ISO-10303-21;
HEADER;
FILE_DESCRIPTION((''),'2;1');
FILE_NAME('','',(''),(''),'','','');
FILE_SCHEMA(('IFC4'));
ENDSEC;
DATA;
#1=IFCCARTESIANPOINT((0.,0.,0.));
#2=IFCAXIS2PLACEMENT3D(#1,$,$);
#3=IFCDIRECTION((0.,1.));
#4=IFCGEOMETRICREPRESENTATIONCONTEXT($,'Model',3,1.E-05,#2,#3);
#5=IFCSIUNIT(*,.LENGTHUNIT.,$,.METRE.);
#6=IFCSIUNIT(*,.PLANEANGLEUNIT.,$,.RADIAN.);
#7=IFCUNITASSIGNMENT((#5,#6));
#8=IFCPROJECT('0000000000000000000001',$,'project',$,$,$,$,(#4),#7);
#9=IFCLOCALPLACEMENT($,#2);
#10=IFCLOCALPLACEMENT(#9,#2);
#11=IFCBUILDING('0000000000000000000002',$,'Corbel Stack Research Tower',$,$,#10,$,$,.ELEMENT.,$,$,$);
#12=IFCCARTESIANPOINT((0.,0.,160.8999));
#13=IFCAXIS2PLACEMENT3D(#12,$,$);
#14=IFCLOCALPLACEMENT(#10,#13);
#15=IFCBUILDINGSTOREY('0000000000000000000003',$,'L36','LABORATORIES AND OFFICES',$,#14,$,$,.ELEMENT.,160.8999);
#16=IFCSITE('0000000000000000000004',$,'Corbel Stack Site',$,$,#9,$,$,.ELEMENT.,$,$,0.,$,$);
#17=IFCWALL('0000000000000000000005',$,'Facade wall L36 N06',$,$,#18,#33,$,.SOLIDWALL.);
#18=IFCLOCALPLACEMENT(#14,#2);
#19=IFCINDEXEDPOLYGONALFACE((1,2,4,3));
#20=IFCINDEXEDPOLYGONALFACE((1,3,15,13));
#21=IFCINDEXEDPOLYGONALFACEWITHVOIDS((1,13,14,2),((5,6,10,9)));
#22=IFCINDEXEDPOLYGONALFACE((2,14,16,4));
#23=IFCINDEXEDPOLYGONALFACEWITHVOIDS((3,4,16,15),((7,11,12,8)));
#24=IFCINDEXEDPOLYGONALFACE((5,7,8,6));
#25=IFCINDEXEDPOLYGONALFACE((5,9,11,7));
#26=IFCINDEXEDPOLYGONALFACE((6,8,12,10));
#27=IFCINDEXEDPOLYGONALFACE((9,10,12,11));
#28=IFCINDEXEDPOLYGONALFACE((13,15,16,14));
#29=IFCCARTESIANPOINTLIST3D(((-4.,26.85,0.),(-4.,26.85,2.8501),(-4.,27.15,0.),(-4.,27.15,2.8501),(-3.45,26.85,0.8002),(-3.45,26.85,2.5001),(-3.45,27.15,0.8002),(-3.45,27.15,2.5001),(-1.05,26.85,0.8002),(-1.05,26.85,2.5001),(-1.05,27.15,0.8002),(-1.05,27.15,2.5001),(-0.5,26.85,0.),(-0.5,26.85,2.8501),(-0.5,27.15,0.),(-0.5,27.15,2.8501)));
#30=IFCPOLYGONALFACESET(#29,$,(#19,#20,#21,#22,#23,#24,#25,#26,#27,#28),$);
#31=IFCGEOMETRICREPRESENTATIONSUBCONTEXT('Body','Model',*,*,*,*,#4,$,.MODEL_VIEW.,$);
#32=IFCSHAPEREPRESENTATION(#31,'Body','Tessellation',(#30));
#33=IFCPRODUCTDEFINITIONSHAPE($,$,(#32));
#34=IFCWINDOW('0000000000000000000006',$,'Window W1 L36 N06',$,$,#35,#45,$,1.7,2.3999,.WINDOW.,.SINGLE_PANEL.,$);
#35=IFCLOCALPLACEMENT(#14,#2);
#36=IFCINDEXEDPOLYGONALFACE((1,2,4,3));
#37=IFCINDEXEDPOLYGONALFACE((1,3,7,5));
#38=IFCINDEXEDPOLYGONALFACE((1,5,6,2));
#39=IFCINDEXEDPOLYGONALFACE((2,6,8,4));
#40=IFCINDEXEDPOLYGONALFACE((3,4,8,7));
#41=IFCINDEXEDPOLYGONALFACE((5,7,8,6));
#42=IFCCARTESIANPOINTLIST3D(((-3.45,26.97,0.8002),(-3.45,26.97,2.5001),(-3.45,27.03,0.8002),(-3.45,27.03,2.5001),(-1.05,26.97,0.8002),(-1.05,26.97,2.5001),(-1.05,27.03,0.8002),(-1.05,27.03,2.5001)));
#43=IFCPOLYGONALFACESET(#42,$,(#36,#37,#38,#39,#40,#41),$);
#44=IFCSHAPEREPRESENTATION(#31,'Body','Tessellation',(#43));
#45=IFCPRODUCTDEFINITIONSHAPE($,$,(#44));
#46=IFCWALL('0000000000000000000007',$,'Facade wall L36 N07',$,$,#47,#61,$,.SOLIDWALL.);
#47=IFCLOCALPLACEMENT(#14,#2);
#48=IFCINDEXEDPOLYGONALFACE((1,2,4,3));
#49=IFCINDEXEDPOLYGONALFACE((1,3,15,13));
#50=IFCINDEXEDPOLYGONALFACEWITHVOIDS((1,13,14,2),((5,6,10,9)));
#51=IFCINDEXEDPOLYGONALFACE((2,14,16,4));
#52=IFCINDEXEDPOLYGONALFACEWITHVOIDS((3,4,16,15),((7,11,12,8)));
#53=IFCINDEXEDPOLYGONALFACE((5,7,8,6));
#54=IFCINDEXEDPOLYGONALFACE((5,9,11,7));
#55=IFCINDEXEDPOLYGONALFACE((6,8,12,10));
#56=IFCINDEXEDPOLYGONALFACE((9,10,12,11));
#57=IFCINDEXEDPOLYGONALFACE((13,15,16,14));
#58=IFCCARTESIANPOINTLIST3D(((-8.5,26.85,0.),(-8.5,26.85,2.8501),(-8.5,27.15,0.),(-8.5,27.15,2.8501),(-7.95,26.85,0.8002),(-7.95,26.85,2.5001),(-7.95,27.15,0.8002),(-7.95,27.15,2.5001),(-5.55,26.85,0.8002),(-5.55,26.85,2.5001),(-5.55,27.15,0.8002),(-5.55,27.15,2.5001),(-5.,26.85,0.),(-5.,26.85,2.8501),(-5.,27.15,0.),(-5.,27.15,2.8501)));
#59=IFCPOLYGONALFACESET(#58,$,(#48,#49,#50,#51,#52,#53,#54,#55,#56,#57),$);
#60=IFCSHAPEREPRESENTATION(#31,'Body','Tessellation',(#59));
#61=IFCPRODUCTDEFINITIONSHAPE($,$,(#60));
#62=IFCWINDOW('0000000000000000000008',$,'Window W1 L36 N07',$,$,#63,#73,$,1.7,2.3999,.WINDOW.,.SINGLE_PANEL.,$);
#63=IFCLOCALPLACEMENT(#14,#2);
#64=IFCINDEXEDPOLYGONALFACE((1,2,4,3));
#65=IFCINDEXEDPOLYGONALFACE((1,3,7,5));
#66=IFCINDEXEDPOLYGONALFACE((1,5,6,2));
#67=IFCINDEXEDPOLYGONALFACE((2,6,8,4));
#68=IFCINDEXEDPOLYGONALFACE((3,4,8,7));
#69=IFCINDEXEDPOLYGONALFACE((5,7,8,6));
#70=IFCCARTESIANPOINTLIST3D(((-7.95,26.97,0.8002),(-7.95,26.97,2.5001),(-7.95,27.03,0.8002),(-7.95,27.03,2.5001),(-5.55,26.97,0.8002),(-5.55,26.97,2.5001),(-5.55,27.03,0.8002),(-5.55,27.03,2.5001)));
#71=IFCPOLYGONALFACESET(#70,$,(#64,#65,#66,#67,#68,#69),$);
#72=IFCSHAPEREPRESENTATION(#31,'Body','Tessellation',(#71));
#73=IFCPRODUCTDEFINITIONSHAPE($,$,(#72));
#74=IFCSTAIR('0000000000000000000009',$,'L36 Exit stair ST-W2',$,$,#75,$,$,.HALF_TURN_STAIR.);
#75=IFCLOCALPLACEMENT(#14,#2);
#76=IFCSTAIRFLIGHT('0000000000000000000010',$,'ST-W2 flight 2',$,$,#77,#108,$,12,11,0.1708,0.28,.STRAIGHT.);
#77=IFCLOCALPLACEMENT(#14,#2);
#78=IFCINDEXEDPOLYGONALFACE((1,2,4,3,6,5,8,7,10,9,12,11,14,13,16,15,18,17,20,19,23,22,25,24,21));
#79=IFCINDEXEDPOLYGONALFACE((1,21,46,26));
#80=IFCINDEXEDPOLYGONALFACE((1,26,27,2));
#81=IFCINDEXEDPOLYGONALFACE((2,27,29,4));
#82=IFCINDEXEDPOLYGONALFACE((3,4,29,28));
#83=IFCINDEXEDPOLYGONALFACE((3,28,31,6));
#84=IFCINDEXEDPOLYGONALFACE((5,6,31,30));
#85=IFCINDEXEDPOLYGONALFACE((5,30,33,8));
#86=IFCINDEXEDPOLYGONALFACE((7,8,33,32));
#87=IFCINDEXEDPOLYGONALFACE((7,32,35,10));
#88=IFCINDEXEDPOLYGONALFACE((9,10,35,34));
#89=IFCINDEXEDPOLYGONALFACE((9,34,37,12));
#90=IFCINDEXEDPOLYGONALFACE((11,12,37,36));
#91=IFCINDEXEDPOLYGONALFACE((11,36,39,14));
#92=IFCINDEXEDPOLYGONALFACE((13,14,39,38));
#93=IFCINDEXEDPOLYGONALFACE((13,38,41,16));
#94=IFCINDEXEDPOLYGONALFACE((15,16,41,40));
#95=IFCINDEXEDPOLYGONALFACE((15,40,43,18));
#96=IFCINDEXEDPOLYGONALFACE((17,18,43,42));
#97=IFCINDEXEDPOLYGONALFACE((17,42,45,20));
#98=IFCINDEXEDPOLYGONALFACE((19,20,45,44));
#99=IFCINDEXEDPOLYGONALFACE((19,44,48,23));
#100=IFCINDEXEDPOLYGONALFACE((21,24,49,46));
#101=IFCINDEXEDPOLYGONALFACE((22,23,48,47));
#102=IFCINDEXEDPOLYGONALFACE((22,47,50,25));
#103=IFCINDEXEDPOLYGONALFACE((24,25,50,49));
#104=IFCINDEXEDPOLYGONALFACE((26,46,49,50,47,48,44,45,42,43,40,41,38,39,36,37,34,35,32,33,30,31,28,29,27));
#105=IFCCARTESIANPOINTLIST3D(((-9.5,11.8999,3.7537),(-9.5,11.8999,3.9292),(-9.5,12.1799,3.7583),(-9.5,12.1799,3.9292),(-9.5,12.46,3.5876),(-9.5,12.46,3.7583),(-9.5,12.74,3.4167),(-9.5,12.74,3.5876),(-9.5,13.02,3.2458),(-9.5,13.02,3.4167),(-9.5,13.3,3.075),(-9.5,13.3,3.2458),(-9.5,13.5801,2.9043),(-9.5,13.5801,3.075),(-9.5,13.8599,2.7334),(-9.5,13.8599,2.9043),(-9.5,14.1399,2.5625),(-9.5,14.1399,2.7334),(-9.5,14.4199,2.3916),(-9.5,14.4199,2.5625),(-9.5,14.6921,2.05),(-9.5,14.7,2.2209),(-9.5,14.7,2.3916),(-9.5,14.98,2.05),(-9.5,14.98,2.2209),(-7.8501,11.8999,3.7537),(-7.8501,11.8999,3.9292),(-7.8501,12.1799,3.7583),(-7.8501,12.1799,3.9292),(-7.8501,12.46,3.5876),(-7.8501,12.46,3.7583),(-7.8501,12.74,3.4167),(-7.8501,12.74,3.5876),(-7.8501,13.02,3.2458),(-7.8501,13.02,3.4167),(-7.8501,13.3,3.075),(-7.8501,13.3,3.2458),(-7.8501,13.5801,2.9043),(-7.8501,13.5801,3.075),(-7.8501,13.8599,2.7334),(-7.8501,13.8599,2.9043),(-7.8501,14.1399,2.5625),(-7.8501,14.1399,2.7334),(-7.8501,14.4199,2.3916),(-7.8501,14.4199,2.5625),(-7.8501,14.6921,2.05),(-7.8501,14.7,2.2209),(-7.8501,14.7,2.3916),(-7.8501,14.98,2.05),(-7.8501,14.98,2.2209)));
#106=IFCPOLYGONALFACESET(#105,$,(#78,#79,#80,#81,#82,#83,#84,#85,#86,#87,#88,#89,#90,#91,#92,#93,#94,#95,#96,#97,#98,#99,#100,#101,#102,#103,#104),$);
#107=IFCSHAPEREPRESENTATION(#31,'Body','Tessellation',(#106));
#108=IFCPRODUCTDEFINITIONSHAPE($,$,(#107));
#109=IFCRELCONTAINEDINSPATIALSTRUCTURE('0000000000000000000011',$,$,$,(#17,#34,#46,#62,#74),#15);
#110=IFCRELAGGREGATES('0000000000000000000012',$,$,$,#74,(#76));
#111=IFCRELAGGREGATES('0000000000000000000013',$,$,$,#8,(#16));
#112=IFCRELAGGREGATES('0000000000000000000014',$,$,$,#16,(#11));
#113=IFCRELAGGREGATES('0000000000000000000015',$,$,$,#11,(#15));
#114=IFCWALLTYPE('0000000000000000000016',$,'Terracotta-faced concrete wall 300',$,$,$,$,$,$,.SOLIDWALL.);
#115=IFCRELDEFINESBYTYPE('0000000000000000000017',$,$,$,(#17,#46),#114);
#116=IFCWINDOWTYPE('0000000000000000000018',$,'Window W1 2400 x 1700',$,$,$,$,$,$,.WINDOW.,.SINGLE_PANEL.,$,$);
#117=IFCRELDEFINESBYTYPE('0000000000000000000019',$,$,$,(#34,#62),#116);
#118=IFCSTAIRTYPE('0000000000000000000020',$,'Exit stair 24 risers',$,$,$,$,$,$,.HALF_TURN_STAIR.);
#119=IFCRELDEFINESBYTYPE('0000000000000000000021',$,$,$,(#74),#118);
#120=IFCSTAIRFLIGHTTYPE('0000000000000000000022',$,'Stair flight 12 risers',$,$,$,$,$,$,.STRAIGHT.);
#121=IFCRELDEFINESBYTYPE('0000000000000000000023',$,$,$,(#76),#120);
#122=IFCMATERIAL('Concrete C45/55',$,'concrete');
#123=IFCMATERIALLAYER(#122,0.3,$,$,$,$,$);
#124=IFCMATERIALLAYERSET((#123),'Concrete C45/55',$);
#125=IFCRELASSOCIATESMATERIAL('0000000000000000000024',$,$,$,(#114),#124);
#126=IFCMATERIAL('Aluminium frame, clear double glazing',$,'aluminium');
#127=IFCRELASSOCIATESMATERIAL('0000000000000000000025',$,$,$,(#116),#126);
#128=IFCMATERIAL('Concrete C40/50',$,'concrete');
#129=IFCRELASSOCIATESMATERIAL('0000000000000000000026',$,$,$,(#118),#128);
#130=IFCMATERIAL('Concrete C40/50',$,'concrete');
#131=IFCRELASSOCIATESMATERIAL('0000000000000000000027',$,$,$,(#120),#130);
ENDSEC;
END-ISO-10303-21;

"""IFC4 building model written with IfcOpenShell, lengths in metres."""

from ifc_helpers import new_model, si_unit, direction, frame, frame_2d, origin, place, context, subcontext, project, spatial, polyline, rectangle, outline, extrude, material, layer, layer_set, type_object, element, fill, aggregate, save


model = new_model("IFC4")

# Units and contexts
model_context = context("Model", 3, precision=1e-05, world=origin(), true_north=direction((0.0, 1.0)))
body_context = subcontext(model_context, "Body", "Model", "MODEL_VIEW")
ifc_project = project(units=[si_unit("LENGTHUNIT", "METRE"), si_unit("PLANEANGLEUNIT", "RADIAN")], contexts=[model_context])

# Site, building, storey
site_placement = place(None, origin())
site = spatial("IfcSite", under=ifc_project, at=site_placement, Name="Corbel Stack Site", CompositionType="ELEMENT", RefElevation=0.0)
building_placement = place(site_placement, origin())
building = spatial("IfcBuilding", under=site, at=building_placement, Name="Corbel Stack Research Tower", CompositionType="ELEMENT")
storey_placement = place(building_placement, frame((0.0, 0.0, 160.8999)))
storey = spatial("IfcBuildingStorey", under=building, at=storey_placement, Name="L36", Description="LABORATORIES AND OFFICES", CompositionType="ELEMENT", Elevation=160.8999)

# Walls, openings, windows
ifc_material_1 = material(Name="Concrete C45/55", Category="concrete")
ifc_layer_1 = layer(ifc_material_1, 0.3)
ifc_layer_set_1 = layer_set([ifc_layer_1], Name="Concrete C45/55")
wall_type_1 = type_object("IfcWallType", Name="Terracotta-faced concrete wall 300", PredefinedType="SOLIDWALL", material=ifc_layer_set_1)
wall_1_placement = place(storey_placement, frame((-4.0, 27.0, 0.0), z_axis=(0.0, 0.0, 1.0), x_axis=(1.0, 0.0, 0.0)))
wall_1 = element("IfcWall", 1, at=wall_1_placement, inside=storey, type_object=wall_type_1, Name="Facade wall L36 N06", PredefinedType="SOLIDWALL", context=body_context, shape_type="SweptSolid", body=[
    extrude(rectangle(XDim=3.5, YDim=0.3, at=frame_2d((1.75, 0.0))), origin(), (0.0, 0.0, 1.0), 2.8501),
])
opening_1_placement = place(wall_1_placement, frame((0.55, 0.0, 0.8)))
opening_1 = element("IfcOpeningElement", 2, at=opening_1_placement, cuts=wall_1, PredefinedType="OPENING", context=body_context, shape_type="SweptSolid", body=[
    extrude(rectangle(XDim=2.3999, YDim=1.7, at=frame_2d((1.2, 0.8501))), frame((0.0, 0.1599, 0.0), z_axis=(0.0, -1.0, 0.0), x_axis=(1.0, 0.0, 0.0)), (0.0, 0.0, 1.0), 0.3201),
])
ifc_material_2 = material(Name="Aluminium frame, clear double glazing", Category="aluminium")
window_type = type_object("IfcWindowType", Name="Window W1 2400 x 1700", PartitioningType="SINGLE_PANEL", PredefinedType="WINDOW", material=ifc_material_2)
window_1_placement = place(opening_1_placement, origin())
window_1 = element("IfcWindow", 3, at=window_1_placement, inside=storey, type_object=window_type, Name="Window W1 L36 N06", OverallHeight=1.7, OverallWidth=2.3999, PartitioningType="SINGLE_PANEL", PredefinedType="WINDOW", context=body_context, shape_type="SweptSolid", body=[
    extrude(rectangle(XDim=2.3999, YDim=1.7, at=frame_2d((1.2, 0.8501))), frame((0.0, 0.03, 0.0), z_axis=(0.0, -1.0, 0.0), x_axis=(1.0, 0.0, 0.0)), (0.0, 0.0, 1.0), 0.0601),
])
fill(opening_1, window_1)
wall_2_placement = place(storey_placement, frame((-8.5, 27.0, 0.0), z_axis=(0.0, 0.0, 1.0), x_axis=(1.0, 0.0, 0.0)))
wall_2 = element("IfcWall", 4, at=wall_2_placement, inside=storey, type_object=wall_type_1, Name="Facade wall L36 N07", PredefinedType="SOLIDWALL", context=body_context, shape_type="SweptSolid", body=[
    extrude(rectangle(XDim=3.5, YDim=0.3, at=frame_2d((1.75, 0.0))), origin(), (0.0, 0.0, 1.0), 2.8501),
])
opening_2_placement = place(wall_2_placement, frame((0.55, 0.0, 0.8)))
opening_2 = element("IfcOpeningElement", 5, at=opening_2_placement, cuts=wall_2, PredefinedType="OPENING", context=body_context, shape_type="SweptSolid", body=[
    extrude(rectangle(XDim=2.3999, YDim=1.7, at=frame_2d((1.2, 0.8501))), frame((0.0, 0.1599, 0.0), z_axis=(0.0, -1.0, 0.0), x_axis=(1.0, 0.0, 0.0)), (0.0, 0.0, 1.0), 0.3201),
])
window_2_placement = place(opening_2_placement, origin())
window_2 = element("IfcWindow", 6, at=window_2_placement, inside=storey, type_object=window_type, Name="Window W1 L36 N07", OverallHeight=1.7, OverallWidth=2.3999, PartitioningType="SINGLE_PANEL", PredefinedType="WINDOW", context=body_context, shape_type="SweptSolid", body=[
    extrude(rectangle(XDim=2.3999, YDim=1.7, at=frame_2d((1.2, 0.8501))), frame((0.0, 0.03, 0.0), z_axis=(0.0, -1.0, 0.0), x_axis=(1.0, 0.0, 0.0)), (0.0, 0.0, 1.0), 0.0601),
])
fill(opening_2, window_2)

# Stair, stair flight
ifc_material_3 = material(Name="Concrete C40/50", Category="concrete")
stair_type = type_object("IfcStairType", Name="Exit stair 24 risers", PredefinedType="HALF_TURN_STAIR", material=ifc_material_3)
stair_placement = place(storey_placement, origin())
stair = element("IfcStair", 7, at=stair_placement, inside=storey, type_object=stair_type, Name="L36 Exit stair ST-W2", PredefinedType="HALF_TURN_STAIR")
ifc_material_4 = material(Name="Concrete C40/50", Category="concrete")
stair_flight_type = type_object("IfcStairFlightType", Name="Stair flight 12 risers", PredefinedType="STRAIGHT", material=ifc_material_4)
stair_flight_placement = place(storey_placement, frame((-8.675, 14.98, 2.05), z_axis=(0.0, 0.0, 1.0), x_axis=(0.0, -1.0, 0.0)))
stair_flight = element("IfcStairFlight", 8, at=stair_flight_placement, type_object=stair_flight_type, Name="ST-W2 flight 2", NumberOfRisers=12, NumberOfTreads=11, PredefinedType="STRAIGHT", RiserHeight=0.1708, TreadLength=0.28, context=body_context, shape_type="SweptSolid", body=[
    extrude(outline(polyline([(0.0, 0.0), (0.0, 0.1709), (0.28, 0.1709), (0.28, 0.3416), (0.5601, 0.3416), (0.5601, 0.5125), (0.8401, 0.5125), (0.8401, 0.6833), (1.1201, 0.6833), (1.1201, 0.8542), (1.3999, 0.8542), (1.3999, 1.0249), (1.6799, 1.0249), (1.6799, 1.1958), (1.96, 1.1958), (1.96, 1.3667), (2.24, 1.3667), (2.24, 1.5376), (2.52, 1.5376), (2.52, 1.7083), (2.8, 1.7083), (2.8, 1.8792), (3.0801, 1.8792), (3.0801, 2.05), (3.0801, 1.7036), (0.2878, 0.0), (0.0, 0.0)])), frame((0.0, 0.825, 0.0), z_axis=(0.0, -1.0, 0.0), x_axis=(1.0, 0.0, 0.0)), (0.0, 0.0, 1.0), 1.6499),
])
aggregate(stair, [stair_flight])

save(model, "model.ifc")
